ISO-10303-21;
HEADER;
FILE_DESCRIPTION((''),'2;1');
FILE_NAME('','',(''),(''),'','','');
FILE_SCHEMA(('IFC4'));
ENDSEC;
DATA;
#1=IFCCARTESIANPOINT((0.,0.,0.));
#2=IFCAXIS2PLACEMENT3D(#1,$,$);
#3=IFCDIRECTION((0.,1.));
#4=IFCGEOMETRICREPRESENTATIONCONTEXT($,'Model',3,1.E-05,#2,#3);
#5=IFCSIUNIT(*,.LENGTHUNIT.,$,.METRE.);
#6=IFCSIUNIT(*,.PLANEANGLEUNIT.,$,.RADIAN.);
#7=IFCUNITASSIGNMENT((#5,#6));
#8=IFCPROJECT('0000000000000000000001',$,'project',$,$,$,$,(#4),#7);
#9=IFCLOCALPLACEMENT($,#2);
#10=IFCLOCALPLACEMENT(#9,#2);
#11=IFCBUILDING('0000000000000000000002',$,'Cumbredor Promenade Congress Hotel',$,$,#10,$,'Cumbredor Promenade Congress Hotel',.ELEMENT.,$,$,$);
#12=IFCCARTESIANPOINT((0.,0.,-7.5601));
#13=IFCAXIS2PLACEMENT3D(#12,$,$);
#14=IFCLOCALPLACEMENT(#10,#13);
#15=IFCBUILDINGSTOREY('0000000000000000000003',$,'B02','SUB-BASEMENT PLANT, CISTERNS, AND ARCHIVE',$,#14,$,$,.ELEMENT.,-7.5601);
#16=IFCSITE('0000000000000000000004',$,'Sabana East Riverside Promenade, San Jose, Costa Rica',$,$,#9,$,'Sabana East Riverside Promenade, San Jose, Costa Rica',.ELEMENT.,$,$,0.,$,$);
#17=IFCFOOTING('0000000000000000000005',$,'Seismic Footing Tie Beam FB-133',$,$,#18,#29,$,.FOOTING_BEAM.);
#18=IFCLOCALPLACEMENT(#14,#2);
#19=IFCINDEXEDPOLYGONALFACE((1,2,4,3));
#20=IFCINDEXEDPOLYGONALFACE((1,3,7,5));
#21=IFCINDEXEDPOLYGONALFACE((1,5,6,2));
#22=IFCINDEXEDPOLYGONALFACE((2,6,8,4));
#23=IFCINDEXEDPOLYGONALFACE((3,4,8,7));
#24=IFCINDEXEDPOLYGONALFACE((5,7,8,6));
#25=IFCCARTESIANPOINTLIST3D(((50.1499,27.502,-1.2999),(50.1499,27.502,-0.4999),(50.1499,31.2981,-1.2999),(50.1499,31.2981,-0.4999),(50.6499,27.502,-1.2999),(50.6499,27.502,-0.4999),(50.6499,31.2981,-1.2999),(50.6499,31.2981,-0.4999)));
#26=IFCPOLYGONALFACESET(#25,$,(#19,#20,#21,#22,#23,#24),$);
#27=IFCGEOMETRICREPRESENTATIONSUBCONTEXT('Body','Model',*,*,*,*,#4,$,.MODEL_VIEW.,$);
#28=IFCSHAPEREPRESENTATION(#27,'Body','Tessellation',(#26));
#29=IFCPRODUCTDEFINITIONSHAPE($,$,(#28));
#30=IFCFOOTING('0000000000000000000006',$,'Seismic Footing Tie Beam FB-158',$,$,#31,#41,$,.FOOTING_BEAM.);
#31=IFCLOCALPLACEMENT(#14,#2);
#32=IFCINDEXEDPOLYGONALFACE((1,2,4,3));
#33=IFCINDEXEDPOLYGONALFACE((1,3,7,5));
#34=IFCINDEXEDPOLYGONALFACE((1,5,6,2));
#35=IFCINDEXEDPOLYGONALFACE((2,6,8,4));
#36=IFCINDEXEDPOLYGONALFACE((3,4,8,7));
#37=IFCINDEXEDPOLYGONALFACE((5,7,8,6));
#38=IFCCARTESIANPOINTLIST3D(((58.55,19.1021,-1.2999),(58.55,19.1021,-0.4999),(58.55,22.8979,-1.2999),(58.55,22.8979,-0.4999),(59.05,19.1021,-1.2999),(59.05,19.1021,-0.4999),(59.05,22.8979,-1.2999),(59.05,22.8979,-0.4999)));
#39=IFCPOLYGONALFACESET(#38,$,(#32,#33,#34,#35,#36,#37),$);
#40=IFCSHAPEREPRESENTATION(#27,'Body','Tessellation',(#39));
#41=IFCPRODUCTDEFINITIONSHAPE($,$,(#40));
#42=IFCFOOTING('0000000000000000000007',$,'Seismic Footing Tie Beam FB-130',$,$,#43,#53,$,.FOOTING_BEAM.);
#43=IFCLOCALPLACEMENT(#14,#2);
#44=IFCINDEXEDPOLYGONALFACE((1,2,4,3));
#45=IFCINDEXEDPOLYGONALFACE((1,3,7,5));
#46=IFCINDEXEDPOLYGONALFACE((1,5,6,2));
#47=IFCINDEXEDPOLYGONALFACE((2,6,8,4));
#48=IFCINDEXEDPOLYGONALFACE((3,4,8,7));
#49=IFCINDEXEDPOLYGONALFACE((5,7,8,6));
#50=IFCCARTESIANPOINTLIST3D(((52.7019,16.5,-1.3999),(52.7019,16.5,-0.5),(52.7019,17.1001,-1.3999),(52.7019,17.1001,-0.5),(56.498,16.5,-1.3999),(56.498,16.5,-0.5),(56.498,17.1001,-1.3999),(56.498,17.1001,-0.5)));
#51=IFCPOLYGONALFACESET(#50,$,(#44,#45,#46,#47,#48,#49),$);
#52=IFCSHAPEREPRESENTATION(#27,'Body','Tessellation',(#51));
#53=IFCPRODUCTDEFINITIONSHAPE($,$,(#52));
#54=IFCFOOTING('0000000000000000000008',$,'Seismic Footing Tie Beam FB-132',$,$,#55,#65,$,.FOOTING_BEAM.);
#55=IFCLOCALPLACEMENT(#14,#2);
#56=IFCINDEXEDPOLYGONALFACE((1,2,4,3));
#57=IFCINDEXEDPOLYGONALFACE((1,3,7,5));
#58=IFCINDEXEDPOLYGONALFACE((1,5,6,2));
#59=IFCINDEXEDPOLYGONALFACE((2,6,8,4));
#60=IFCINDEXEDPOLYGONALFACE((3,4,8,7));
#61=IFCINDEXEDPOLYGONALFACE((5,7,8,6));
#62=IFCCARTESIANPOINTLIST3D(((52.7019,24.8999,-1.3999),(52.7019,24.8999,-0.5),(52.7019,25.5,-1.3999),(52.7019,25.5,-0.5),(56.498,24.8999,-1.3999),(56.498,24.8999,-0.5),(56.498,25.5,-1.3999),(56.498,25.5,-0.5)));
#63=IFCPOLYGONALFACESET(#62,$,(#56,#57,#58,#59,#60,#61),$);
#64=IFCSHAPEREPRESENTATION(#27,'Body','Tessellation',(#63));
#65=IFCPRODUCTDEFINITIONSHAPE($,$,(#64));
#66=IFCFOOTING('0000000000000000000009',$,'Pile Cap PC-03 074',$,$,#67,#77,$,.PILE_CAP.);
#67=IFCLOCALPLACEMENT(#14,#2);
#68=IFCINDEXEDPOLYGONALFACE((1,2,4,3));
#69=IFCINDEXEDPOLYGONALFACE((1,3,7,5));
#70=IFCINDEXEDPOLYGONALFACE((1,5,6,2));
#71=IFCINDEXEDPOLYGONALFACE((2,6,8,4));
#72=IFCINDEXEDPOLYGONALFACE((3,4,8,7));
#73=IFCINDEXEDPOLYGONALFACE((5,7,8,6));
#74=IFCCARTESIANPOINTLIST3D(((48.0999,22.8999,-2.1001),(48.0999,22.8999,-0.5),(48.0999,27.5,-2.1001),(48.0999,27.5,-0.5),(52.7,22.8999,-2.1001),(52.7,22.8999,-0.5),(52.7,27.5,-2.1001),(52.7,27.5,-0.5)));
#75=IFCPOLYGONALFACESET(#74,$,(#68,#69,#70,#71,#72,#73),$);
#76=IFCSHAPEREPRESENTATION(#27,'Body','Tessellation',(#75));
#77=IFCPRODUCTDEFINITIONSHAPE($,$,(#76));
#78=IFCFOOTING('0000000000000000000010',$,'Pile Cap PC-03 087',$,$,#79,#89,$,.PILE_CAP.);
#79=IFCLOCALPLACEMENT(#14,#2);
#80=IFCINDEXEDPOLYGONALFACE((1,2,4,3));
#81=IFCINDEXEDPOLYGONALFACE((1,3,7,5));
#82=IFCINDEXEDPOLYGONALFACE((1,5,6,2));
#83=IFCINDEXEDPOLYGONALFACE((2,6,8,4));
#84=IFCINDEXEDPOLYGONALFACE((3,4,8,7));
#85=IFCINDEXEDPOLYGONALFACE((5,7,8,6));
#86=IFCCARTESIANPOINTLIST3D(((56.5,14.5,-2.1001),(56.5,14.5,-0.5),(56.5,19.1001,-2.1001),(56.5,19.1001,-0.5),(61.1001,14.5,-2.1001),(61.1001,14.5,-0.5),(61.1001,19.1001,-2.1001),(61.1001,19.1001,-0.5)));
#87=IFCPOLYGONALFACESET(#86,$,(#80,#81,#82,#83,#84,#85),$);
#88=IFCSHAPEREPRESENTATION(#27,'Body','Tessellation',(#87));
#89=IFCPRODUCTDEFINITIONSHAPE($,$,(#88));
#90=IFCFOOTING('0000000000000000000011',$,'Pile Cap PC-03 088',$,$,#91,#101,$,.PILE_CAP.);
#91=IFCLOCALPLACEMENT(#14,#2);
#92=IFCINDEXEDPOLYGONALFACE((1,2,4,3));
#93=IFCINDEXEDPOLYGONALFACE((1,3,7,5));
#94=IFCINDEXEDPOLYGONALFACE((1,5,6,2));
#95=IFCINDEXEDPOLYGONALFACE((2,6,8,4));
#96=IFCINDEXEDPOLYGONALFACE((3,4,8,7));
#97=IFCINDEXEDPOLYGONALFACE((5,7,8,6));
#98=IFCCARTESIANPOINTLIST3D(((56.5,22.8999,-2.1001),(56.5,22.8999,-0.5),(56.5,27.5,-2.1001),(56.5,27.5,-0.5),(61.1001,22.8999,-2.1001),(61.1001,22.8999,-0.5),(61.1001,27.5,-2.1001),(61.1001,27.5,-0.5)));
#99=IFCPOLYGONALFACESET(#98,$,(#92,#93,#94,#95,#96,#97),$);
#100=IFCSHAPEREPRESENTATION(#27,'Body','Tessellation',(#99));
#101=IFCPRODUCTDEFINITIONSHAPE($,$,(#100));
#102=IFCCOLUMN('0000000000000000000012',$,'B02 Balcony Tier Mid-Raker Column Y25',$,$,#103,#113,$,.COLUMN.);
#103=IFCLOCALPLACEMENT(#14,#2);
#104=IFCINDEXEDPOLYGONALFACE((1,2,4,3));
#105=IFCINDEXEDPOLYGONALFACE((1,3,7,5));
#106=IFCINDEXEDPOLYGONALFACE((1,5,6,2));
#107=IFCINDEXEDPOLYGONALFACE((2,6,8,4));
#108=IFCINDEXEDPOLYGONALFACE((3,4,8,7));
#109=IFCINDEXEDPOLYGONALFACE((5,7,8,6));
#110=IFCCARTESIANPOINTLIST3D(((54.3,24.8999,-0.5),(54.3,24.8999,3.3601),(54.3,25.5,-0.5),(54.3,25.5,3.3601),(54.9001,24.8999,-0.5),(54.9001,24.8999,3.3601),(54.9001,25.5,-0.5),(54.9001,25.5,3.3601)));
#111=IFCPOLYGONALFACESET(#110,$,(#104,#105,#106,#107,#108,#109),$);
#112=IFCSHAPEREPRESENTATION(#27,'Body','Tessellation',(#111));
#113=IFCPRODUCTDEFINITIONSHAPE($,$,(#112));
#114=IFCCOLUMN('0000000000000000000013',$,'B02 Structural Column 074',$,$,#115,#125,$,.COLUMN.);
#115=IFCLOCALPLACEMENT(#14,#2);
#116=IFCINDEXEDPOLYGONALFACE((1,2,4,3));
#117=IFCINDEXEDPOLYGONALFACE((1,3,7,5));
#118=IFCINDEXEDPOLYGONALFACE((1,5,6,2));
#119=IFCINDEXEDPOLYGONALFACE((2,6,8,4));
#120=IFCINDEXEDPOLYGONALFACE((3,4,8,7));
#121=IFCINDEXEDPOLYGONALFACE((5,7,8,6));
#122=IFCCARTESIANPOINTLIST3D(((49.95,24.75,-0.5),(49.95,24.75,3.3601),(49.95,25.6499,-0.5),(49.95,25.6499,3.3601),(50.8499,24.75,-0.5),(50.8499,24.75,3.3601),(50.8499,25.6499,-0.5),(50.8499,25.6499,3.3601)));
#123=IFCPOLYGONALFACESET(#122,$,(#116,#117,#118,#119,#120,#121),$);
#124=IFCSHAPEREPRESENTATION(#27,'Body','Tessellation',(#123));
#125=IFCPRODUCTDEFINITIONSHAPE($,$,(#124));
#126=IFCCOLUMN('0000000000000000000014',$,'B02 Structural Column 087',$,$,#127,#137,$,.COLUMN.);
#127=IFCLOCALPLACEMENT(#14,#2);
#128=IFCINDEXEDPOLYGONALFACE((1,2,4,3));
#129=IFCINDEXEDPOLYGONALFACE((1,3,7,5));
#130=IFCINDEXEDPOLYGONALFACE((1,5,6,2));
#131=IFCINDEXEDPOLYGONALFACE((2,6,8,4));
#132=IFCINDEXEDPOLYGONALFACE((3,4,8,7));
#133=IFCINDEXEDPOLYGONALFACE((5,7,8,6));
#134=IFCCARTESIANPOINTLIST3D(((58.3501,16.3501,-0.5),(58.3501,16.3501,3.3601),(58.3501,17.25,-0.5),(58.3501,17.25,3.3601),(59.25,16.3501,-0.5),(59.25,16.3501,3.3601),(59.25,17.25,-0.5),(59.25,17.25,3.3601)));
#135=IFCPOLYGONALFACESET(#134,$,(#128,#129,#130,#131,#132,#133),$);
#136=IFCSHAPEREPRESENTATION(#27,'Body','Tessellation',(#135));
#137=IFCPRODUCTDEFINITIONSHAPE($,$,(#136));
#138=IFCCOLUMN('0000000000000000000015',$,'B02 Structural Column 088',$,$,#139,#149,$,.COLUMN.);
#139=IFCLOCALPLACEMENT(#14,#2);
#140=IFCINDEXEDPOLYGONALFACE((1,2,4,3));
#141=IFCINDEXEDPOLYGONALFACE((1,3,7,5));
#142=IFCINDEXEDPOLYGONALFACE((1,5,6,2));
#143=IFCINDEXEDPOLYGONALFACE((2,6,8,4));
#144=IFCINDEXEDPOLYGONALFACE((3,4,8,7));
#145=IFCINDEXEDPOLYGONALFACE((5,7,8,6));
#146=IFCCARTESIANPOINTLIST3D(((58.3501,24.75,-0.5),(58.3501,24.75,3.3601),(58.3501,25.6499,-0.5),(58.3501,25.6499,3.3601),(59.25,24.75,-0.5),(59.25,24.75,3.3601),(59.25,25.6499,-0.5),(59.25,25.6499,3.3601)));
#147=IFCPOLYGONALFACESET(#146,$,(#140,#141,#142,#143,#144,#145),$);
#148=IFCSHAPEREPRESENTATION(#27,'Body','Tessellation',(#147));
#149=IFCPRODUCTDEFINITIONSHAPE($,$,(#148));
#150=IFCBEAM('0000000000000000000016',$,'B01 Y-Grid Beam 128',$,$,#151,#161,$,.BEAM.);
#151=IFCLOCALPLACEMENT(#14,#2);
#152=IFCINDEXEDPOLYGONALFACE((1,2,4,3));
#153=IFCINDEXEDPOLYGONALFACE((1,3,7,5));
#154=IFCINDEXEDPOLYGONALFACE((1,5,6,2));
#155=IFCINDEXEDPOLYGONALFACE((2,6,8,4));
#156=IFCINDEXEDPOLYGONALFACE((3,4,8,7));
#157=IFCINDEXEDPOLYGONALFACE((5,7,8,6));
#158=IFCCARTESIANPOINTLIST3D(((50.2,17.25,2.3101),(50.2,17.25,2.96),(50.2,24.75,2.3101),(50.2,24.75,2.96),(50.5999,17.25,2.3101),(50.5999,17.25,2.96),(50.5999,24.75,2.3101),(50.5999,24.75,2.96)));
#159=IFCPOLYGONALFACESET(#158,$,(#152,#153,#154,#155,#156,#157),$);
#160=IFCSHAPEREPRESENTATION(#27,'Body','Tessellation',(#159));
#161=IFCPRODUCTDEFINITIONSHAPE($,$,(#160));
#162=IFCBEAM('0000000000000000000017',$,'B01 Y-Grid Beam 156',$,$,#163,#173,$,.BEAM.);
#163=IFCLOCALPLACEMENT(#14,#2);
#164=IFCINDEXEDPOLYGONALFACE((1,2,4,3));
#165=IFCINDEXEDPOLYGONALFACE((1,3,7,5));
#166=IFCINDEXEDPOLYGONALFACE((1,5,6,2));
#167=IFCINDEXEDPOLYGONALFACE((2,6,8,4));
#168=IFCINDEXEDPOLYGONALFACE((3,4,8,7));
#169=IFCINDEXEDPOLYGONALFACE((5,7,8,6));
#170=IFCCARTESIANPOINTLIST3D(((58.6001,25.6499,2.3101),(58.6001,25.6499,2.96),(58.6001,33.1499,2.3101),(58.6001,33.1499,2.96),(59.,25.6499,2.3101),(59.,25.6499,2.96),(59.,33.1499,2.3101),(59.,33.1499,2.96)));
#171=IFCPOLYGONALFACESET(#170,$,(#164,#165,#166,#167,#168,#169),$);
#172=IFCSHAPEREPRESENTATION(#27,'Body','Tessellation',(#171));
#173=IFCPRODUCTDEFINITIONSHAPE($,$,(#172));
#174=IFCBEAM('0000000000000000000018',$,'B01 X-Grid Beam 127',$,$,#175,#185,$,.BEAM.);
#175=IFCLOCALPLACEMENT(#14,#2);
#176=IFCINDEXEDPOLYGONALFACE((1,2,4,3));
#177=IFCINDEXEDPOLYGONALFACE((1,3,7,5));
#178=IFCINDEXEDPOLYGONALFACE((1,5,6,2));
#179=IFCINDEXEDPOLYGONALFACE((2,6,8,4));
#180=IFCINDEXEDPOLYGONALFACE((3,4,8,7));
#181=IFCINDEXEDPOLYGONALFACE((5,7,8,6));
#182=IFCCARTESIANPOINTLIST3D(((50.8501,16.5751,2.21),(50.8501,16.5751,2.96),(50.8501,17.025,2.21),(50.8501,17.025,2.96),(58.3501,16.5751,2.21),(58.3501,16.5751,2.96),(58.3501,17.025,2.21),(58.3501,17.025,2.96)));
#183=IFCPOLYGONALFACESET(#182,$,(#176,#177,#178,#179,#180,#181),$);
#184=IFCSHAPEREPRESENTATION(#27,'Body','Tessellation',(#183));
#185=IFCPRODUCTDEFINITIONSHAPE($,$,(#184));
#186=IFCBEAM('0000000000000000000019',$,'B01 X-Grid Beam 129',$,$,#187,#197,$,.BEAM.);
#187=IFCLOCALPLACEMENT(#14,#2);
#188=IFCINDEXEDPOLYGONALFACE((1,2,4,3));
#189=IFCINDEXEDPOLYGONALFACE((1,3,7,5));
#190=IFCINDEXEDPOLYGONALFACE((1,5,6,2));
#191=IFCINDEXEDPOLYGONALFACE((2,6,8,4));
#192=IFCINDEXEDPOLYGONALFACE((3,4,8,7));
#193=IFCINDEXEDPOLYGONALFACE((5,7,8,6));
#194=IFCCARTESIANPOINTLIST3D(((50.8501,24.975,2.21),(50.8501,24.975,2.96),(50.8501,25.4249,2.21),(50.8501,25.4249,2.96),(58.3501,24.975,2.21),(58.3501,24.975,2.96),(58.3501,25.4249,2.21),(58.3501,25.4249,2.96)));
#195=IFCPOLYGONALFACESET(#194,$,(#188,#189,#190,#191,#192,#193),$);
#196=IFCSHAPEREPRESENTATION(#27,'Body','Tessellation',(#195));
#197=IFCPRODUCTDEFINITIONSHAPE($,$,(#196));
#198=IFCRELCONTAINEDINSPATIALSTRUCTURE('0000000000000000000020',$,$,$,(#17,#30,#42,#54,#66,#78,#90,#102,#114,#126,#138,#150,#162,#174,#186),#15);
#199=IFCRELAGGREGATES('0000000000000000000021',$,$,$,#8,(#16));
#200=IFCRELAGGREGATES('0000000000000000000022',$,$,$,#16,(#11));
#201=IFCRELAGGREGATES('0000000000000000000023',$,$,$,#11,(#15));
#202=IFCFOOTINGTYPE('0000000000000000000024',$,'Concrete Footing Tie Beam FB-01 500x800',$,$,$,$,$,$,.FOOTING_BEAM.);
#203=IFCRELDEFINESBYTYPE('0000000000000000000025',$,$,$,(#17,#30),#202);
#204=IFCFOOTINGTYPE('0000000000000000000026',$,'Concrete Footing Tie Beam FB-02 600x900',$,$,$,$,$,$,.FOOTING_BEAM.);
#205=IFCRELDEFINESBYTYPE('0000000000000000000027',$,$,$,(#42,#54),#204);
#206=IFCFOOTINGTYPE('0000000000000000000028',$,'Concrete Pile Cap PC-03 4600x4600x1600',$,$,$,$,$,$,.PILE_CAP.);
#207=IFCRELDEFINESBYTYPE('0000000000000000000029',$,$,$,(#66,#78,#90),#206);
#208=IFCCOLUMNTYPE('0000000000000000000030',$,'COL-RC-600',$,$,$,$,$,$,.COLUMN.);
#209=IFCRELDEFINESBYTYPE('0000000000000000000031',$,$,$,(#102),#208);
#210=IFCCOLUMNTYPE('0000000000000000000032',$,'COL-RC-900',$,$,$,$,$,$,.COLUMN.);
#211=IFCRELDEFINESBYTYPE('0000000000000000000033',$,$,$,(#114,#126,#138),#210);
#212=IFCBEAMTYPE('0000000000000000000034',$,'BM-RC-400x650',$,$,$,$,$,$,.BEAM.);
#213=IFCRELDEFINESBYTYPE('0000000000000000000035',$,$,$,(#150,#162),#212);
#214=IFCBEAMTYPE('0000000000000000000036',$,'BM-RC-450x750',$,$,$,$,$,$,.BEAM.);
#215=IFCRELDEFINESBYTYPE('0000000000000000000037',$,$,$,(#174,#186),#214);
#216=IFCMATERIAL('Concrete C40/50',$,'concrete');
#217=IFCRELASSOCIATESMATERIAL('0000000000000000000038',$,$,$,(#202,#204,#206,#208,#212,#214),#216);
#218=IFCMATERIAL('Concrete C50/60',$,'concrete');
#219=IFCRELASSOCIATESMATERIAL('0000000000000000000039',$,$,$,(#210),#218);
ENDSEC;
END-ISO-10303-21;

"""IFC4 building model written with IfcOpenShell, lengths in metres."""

from ifc_helpers import new_model, si_unit, direction, frame, origin, origin_2d, place, context, subcontext, project, spatial, rectangle, extrude, material, material_profile, profile_set, type_object, element, save


model = new_model("IFC4")

# Units and contexts
model_context = context("Model", 3, precision=1e-05, world=origin(), true_north=direction((0.0, 1.0)))
body_context = subcontext(model_context, "Body", "Model", "MODEL_VIEW")
ifc_project = project(units=[si_unit("LENGTHUNIT", "METRE"), si_unit("PLANEANGLEUNIT", "RADIAN")], contexts=[model_context])

# Site, building, storey
site_placement = place(None, origin())
site = spatial("IfcSite", under=ifc_project, at=site_placement, Name="Sabana East Riverside Promenade, San Jose, Costa Rica", LongName="Sabana East Riverside Promenade, San Jose, Costa Rica", CompositionType="ELEMENT", RefElevation=0.0)
building_placement = place(site_placement, origin())
building = spatial("IfcBuilding", under=site, at=building_placement, Name="Cumbredor Promenade Congress Hotel", LongName="Cumbredor Promenade Congress Hotel", CompositionType="ELEMENT")
storey_placement = place(building_placement, frame((0.0, 0.0, -7.5601)))
storey = spatial("IfcBuildingStorey", under=building, at=storey_placement, Name="B02", Description="SUB-BASEMENT PLANT, CISTERNS, AND ARCHIVE", CompositionType="ELEMENT", Elevation=-7.5601)

# Shared definitions
ifc_material_1 = material(Name="Concrete C40/50", Category="concrete")

# Footings
ifc_material_profile_1 = material_profile(ifc_material_1, rectangle(XDim=0.5, YDim=0.8, at=origin_2d()), Name="FB 500x800")
ifc_profile_set_1 = profile_set([ifc_material_profile_1], Name="Concrete C40/50")
footing_type_1 = type_object("IfcFootingType", Name="Concrete Footing Tie Beam FB-01 500x800", PredefinedType="FOOTING_BEAM", material=ifc_profile_set_1)
footing_1_placement = place(storey_placement, frame((50.3999, 27.502, -0.8999), z_axis=(0.0, 1.0, 0.0), x_axis=(-1.0, 0.0, 0.0)))
element("IfcFooting", 1, at=footing_1_placement, inside=storey, type_object=footing_type_1, Name="Seismic Footing Tie Beam FB-133", PredefinedType="FOOTING_BEAM", context=body_context, shape_type="SweptSolid", body=[
    extrude(rectangle(XDim=0.5, YDim=0.8, at=origin_2d()), origin(), (0.0, 0.0, 1.0), 3.7961),
])
footing_2_placement = place(storey_placement, frame((58.8, 19.1021, -0.8999), z_axis=(0.0, 1.0, 0.0), x_axis=(-1.0, 0.0, 0.0)))
element("IfcFooting", 2, at=footing_2_placement, inside=storey, type_object=footing_type_1, Name="Seismic Footing Tie Beam FB-158", PredefinedType="FOOTING_BEAM", context=body_context, shape_type="SweptSolid", body=[
    extrude(rectangle(XDim=0.5, YDim=0.8, at=origin_2d()), origin(), (0.0, 0.0, 1.0), 3.7959),
])
ifc_material_profile_2 = material_profile(ifc_material_1, rectangle(XDim=0.6001, YDim=0.8999, at=origin_2d()), Name="FB 600x900")
ifc_profile_set_2 = profile_set([ifc_material_profile_2], Name="Concrete C40/50")
footing_type_2 = type_object("IfcFootingType", Name="Concrete Footing Tie Beam FB-02 600x900", PredefinedType="FOOTING_BEAM", material=ifc_profile_set_2)
for number, where, z_axis, x_axis, name in (
    (3, (52.7019, 16.8, -0.95), (1.0, 0.0, 0.0), (0.0, 1.0, 0.0), "Seismic Footing Tie Beam FB-130"),
    (4, (52.7019, 25.2, -0.95), (1.0, 0.0, 0.0), (0.0, 1.0, 0.0), "Seismic Footing Tie Beam FB-132"),
):
    element("IfcFooting", number, at=place(storey_placement, frame(where, z_axis=z_axis, x_axis=x_axis)), inside=storey, type_object=footing_type_2, Name=name, PredefinedType="FOOTING_BEAM", context=body_context, shape_type="SweptSolid", body=[
        extrude(rectangle(XDim=0.6001, YDim=0.8999, at=origin_2d()), origin(), (0.0, 0.0, 1.0), 3.7961),
    ])
footing_type_3 = type_object("IfcFootingType", Name="Concrete Pile Cap PC-03 4600x4600x1600", PredefinedType="PILE_CAP", material=ifc_material_1)
for number, where, z_axis, x_axis, name in (
    (5, (50.3999, 25.2, -2.1001), (0.0, 0.0, 1.0), (1.0, 0.0, 0.0), "Pile Cap PC-03 074"),
    (6, (58.8, 16.8, -2.1001), (0.0, 0.0, 1.0), (1.0, 0.0, 0.0), "Pile Cap PC-03 087"),
    (7, (58.8, 25.2, -2.1001), (0.0, 0.0, 1.0), (1.0, 0.0, 0.0), "Pile Cap PC-03 088"),
):
    element("IfcFooting", number, at=place(storey_placement, frame(where, z_axis=z_axis, x_axis=x_axis)), inside=storey, type_object=footing_type_3, Name=name, PredefinedType="PILE_CAP", context=body_context, shape_type="SweptSolid", body=[
        extrude(rectangle(XDim=4.6001, YDim=4.6001, at=origin_2d()), origin(), (0.0, 0.0, 1.0), 1.6001),
    ])

# Columns
ifc_material_profile_3 = material_profile(ifc_material_1, rectangle(XDim=0.6001, YDim=0.6001, at=origin_2d()), Name="RC 600x600")
ifc_profile_set_3 = profile_set([ifc_material_profile_3], Name="Concrete C40/50")
column_type_1 = type_object("IfcColumnType", Name="COL-RC-600", PredefinedType="COLUMN", material=ifc_profile_set_3)
column_placement = place(storey_placement, frame((54.6001, 25.2, -0.5), z_axis=(0.0, 0.0, 1.0), x_axis=(1.0, 0.0, 0.0)))
element("IfcColumn", 8, at=column_placement, inside=storey, type_object=column_type_1, Name="B02 Balcony Tier Mid-Raker Column Y25", PredefinedType="COLUMN", context=body_context, shape_type="SweptSolid", body=[
    extrude(rectangle(XDim=0.6001, YDim=0.6001, at=origin_2d()), origin(), (0.0, 0.0, 1.0), 3.8601),
])
ifc_material_2 = material(Name="Concrete C50/60", Category="concrete")
ifc_material_profile_4 = material_profile(ifc_material_2, rectangle(XDim=0.8999, YDim=0.8999, at=origin_2d()), Name="RC 900x900")
ifc_profile_set_4 = profile_set([ifc_material_profile_4], Name="Concrete C50/60")
column_type_2 = type_object("IfcColumnType", Name="COL-RC-900", PredefinedType="COLUMN", material=ifc_profile_set_4)
for number, where, z_axis, x_axis, name in (
    (9, (50.3999, 25.2, -0.5), (0.0, 0.0, 1.0), (1.0, 0.0, 0.0), "B02 Structural Column 074"),
    (10, (58.8, 16.8, -0.5), (0.0, 0.0, 1.0), (1.0, 0.0, 0.0), "B02 Structural Column 087"),
    (11, (58.8, 25.2, -0.5), (0.0, 0.0, 1.0), (1.0, 0.0, 0.0), "B02 Structural Column 088"),
):
    element("IfcColumn", number, at=place(storey_placement, frame(where, z_axis=z_axis, x_axis=x_axis)), inside=storey, type_object=column_type_2, Name=name, PredefinedType="COLUMN", context=body_context, shape_type="SweptSolid", body=[
        extrude(rectangle(XDim=0.8999, YDim=0.8999, at=origin_2d()), origin(), (0.0, 0.0, 1.0), 3.8601),
    ])

# Beams
ifc_material_profile_5 = material_profile(ifc_material_1, rectangle(XDim=0.3999, YDim=0.6499, at=origin_2d()), Name="RC BEAM 400x650")
ifc_profile_set_5 = profile_set([ifc_material_profile_5], Name="Concrete C40/50")
beam_type_1 = type_object("IfcBeamType", Name="BM-RC-400x650", PredefinedType="BEAM", material=ifc_profile_set_5)
for number, where, z_axis, x_axis, name in (
    (12, (50.3999, 17.25, 2.635), (0.0, 1.0, 0.0), (-1.0, 0.0, 0.0), "B01 Y-Grid Beam 128"),
    (13, (58.8, 25.6499, 2.635), (0.0, 1.0, 0.0), (-1.0, 0.0, 0.0), "B01 Y-Grid Beam 156"),
):
    element("IfcBeam", number, at=place(storey_placement, frame(where, z_axis=z_axis, x_axis=x_axis)), inside=storey, type_object=beam_type_1, Name=name, PredefinedType="BEAM", context=body_context, shape_type="SweptSolid", body=[
        extrude(rectangle(XDim=0.3999, YDim=0.6499, at=origin_2d()), origin(), (0.0, 0.0, 1.0), 7.5),
    ])
ifc_material_profile_6 = material_profile(ifc_material_1, rectangle(XDim=0.45, YDim=0.75, at=origin_2d()), Name="RC BEAM 450x750")
ifc_profile_set_6 = profile_set([ifc_material_profile_6], Name="Concrete C40/50")
beam_type_2 = type_object("IfcBeamType", Name="BM-RC-450x750", PredefinedType="BEAM", material=ifc_profile_set_6)
for number, where, z_axis, x_axis, name in (
    (14, (50.8501, 16.8, 2.585), (1.0, 0.0, 0.0), (0.0, 1.0, 0.0), "B01 X-Grid Beam 127"),
    (15, (50.8501, 25.2, 2.585), (1.0, 0.0, 0.0), (0.0, 1.0, 0.0), "B01 X-Grid Beam 129"),
):
    element("IfcBeam", number, at=place(storey_placement, frame(where, z_axis=z_axis, x_axis=x_axis)), inside=storey, type_object=beam_type_2, Name=name, PredefinedType="BEAM", context=body_context, shape_type="SweptSolid", body=[
        extrude(rectangle(XDim=0.45, YDim=0.75, at=origin_2d()), origin(), (0.0, 0.0, 1.0), 7.5),
    ])

save(model, "model.ifc")
